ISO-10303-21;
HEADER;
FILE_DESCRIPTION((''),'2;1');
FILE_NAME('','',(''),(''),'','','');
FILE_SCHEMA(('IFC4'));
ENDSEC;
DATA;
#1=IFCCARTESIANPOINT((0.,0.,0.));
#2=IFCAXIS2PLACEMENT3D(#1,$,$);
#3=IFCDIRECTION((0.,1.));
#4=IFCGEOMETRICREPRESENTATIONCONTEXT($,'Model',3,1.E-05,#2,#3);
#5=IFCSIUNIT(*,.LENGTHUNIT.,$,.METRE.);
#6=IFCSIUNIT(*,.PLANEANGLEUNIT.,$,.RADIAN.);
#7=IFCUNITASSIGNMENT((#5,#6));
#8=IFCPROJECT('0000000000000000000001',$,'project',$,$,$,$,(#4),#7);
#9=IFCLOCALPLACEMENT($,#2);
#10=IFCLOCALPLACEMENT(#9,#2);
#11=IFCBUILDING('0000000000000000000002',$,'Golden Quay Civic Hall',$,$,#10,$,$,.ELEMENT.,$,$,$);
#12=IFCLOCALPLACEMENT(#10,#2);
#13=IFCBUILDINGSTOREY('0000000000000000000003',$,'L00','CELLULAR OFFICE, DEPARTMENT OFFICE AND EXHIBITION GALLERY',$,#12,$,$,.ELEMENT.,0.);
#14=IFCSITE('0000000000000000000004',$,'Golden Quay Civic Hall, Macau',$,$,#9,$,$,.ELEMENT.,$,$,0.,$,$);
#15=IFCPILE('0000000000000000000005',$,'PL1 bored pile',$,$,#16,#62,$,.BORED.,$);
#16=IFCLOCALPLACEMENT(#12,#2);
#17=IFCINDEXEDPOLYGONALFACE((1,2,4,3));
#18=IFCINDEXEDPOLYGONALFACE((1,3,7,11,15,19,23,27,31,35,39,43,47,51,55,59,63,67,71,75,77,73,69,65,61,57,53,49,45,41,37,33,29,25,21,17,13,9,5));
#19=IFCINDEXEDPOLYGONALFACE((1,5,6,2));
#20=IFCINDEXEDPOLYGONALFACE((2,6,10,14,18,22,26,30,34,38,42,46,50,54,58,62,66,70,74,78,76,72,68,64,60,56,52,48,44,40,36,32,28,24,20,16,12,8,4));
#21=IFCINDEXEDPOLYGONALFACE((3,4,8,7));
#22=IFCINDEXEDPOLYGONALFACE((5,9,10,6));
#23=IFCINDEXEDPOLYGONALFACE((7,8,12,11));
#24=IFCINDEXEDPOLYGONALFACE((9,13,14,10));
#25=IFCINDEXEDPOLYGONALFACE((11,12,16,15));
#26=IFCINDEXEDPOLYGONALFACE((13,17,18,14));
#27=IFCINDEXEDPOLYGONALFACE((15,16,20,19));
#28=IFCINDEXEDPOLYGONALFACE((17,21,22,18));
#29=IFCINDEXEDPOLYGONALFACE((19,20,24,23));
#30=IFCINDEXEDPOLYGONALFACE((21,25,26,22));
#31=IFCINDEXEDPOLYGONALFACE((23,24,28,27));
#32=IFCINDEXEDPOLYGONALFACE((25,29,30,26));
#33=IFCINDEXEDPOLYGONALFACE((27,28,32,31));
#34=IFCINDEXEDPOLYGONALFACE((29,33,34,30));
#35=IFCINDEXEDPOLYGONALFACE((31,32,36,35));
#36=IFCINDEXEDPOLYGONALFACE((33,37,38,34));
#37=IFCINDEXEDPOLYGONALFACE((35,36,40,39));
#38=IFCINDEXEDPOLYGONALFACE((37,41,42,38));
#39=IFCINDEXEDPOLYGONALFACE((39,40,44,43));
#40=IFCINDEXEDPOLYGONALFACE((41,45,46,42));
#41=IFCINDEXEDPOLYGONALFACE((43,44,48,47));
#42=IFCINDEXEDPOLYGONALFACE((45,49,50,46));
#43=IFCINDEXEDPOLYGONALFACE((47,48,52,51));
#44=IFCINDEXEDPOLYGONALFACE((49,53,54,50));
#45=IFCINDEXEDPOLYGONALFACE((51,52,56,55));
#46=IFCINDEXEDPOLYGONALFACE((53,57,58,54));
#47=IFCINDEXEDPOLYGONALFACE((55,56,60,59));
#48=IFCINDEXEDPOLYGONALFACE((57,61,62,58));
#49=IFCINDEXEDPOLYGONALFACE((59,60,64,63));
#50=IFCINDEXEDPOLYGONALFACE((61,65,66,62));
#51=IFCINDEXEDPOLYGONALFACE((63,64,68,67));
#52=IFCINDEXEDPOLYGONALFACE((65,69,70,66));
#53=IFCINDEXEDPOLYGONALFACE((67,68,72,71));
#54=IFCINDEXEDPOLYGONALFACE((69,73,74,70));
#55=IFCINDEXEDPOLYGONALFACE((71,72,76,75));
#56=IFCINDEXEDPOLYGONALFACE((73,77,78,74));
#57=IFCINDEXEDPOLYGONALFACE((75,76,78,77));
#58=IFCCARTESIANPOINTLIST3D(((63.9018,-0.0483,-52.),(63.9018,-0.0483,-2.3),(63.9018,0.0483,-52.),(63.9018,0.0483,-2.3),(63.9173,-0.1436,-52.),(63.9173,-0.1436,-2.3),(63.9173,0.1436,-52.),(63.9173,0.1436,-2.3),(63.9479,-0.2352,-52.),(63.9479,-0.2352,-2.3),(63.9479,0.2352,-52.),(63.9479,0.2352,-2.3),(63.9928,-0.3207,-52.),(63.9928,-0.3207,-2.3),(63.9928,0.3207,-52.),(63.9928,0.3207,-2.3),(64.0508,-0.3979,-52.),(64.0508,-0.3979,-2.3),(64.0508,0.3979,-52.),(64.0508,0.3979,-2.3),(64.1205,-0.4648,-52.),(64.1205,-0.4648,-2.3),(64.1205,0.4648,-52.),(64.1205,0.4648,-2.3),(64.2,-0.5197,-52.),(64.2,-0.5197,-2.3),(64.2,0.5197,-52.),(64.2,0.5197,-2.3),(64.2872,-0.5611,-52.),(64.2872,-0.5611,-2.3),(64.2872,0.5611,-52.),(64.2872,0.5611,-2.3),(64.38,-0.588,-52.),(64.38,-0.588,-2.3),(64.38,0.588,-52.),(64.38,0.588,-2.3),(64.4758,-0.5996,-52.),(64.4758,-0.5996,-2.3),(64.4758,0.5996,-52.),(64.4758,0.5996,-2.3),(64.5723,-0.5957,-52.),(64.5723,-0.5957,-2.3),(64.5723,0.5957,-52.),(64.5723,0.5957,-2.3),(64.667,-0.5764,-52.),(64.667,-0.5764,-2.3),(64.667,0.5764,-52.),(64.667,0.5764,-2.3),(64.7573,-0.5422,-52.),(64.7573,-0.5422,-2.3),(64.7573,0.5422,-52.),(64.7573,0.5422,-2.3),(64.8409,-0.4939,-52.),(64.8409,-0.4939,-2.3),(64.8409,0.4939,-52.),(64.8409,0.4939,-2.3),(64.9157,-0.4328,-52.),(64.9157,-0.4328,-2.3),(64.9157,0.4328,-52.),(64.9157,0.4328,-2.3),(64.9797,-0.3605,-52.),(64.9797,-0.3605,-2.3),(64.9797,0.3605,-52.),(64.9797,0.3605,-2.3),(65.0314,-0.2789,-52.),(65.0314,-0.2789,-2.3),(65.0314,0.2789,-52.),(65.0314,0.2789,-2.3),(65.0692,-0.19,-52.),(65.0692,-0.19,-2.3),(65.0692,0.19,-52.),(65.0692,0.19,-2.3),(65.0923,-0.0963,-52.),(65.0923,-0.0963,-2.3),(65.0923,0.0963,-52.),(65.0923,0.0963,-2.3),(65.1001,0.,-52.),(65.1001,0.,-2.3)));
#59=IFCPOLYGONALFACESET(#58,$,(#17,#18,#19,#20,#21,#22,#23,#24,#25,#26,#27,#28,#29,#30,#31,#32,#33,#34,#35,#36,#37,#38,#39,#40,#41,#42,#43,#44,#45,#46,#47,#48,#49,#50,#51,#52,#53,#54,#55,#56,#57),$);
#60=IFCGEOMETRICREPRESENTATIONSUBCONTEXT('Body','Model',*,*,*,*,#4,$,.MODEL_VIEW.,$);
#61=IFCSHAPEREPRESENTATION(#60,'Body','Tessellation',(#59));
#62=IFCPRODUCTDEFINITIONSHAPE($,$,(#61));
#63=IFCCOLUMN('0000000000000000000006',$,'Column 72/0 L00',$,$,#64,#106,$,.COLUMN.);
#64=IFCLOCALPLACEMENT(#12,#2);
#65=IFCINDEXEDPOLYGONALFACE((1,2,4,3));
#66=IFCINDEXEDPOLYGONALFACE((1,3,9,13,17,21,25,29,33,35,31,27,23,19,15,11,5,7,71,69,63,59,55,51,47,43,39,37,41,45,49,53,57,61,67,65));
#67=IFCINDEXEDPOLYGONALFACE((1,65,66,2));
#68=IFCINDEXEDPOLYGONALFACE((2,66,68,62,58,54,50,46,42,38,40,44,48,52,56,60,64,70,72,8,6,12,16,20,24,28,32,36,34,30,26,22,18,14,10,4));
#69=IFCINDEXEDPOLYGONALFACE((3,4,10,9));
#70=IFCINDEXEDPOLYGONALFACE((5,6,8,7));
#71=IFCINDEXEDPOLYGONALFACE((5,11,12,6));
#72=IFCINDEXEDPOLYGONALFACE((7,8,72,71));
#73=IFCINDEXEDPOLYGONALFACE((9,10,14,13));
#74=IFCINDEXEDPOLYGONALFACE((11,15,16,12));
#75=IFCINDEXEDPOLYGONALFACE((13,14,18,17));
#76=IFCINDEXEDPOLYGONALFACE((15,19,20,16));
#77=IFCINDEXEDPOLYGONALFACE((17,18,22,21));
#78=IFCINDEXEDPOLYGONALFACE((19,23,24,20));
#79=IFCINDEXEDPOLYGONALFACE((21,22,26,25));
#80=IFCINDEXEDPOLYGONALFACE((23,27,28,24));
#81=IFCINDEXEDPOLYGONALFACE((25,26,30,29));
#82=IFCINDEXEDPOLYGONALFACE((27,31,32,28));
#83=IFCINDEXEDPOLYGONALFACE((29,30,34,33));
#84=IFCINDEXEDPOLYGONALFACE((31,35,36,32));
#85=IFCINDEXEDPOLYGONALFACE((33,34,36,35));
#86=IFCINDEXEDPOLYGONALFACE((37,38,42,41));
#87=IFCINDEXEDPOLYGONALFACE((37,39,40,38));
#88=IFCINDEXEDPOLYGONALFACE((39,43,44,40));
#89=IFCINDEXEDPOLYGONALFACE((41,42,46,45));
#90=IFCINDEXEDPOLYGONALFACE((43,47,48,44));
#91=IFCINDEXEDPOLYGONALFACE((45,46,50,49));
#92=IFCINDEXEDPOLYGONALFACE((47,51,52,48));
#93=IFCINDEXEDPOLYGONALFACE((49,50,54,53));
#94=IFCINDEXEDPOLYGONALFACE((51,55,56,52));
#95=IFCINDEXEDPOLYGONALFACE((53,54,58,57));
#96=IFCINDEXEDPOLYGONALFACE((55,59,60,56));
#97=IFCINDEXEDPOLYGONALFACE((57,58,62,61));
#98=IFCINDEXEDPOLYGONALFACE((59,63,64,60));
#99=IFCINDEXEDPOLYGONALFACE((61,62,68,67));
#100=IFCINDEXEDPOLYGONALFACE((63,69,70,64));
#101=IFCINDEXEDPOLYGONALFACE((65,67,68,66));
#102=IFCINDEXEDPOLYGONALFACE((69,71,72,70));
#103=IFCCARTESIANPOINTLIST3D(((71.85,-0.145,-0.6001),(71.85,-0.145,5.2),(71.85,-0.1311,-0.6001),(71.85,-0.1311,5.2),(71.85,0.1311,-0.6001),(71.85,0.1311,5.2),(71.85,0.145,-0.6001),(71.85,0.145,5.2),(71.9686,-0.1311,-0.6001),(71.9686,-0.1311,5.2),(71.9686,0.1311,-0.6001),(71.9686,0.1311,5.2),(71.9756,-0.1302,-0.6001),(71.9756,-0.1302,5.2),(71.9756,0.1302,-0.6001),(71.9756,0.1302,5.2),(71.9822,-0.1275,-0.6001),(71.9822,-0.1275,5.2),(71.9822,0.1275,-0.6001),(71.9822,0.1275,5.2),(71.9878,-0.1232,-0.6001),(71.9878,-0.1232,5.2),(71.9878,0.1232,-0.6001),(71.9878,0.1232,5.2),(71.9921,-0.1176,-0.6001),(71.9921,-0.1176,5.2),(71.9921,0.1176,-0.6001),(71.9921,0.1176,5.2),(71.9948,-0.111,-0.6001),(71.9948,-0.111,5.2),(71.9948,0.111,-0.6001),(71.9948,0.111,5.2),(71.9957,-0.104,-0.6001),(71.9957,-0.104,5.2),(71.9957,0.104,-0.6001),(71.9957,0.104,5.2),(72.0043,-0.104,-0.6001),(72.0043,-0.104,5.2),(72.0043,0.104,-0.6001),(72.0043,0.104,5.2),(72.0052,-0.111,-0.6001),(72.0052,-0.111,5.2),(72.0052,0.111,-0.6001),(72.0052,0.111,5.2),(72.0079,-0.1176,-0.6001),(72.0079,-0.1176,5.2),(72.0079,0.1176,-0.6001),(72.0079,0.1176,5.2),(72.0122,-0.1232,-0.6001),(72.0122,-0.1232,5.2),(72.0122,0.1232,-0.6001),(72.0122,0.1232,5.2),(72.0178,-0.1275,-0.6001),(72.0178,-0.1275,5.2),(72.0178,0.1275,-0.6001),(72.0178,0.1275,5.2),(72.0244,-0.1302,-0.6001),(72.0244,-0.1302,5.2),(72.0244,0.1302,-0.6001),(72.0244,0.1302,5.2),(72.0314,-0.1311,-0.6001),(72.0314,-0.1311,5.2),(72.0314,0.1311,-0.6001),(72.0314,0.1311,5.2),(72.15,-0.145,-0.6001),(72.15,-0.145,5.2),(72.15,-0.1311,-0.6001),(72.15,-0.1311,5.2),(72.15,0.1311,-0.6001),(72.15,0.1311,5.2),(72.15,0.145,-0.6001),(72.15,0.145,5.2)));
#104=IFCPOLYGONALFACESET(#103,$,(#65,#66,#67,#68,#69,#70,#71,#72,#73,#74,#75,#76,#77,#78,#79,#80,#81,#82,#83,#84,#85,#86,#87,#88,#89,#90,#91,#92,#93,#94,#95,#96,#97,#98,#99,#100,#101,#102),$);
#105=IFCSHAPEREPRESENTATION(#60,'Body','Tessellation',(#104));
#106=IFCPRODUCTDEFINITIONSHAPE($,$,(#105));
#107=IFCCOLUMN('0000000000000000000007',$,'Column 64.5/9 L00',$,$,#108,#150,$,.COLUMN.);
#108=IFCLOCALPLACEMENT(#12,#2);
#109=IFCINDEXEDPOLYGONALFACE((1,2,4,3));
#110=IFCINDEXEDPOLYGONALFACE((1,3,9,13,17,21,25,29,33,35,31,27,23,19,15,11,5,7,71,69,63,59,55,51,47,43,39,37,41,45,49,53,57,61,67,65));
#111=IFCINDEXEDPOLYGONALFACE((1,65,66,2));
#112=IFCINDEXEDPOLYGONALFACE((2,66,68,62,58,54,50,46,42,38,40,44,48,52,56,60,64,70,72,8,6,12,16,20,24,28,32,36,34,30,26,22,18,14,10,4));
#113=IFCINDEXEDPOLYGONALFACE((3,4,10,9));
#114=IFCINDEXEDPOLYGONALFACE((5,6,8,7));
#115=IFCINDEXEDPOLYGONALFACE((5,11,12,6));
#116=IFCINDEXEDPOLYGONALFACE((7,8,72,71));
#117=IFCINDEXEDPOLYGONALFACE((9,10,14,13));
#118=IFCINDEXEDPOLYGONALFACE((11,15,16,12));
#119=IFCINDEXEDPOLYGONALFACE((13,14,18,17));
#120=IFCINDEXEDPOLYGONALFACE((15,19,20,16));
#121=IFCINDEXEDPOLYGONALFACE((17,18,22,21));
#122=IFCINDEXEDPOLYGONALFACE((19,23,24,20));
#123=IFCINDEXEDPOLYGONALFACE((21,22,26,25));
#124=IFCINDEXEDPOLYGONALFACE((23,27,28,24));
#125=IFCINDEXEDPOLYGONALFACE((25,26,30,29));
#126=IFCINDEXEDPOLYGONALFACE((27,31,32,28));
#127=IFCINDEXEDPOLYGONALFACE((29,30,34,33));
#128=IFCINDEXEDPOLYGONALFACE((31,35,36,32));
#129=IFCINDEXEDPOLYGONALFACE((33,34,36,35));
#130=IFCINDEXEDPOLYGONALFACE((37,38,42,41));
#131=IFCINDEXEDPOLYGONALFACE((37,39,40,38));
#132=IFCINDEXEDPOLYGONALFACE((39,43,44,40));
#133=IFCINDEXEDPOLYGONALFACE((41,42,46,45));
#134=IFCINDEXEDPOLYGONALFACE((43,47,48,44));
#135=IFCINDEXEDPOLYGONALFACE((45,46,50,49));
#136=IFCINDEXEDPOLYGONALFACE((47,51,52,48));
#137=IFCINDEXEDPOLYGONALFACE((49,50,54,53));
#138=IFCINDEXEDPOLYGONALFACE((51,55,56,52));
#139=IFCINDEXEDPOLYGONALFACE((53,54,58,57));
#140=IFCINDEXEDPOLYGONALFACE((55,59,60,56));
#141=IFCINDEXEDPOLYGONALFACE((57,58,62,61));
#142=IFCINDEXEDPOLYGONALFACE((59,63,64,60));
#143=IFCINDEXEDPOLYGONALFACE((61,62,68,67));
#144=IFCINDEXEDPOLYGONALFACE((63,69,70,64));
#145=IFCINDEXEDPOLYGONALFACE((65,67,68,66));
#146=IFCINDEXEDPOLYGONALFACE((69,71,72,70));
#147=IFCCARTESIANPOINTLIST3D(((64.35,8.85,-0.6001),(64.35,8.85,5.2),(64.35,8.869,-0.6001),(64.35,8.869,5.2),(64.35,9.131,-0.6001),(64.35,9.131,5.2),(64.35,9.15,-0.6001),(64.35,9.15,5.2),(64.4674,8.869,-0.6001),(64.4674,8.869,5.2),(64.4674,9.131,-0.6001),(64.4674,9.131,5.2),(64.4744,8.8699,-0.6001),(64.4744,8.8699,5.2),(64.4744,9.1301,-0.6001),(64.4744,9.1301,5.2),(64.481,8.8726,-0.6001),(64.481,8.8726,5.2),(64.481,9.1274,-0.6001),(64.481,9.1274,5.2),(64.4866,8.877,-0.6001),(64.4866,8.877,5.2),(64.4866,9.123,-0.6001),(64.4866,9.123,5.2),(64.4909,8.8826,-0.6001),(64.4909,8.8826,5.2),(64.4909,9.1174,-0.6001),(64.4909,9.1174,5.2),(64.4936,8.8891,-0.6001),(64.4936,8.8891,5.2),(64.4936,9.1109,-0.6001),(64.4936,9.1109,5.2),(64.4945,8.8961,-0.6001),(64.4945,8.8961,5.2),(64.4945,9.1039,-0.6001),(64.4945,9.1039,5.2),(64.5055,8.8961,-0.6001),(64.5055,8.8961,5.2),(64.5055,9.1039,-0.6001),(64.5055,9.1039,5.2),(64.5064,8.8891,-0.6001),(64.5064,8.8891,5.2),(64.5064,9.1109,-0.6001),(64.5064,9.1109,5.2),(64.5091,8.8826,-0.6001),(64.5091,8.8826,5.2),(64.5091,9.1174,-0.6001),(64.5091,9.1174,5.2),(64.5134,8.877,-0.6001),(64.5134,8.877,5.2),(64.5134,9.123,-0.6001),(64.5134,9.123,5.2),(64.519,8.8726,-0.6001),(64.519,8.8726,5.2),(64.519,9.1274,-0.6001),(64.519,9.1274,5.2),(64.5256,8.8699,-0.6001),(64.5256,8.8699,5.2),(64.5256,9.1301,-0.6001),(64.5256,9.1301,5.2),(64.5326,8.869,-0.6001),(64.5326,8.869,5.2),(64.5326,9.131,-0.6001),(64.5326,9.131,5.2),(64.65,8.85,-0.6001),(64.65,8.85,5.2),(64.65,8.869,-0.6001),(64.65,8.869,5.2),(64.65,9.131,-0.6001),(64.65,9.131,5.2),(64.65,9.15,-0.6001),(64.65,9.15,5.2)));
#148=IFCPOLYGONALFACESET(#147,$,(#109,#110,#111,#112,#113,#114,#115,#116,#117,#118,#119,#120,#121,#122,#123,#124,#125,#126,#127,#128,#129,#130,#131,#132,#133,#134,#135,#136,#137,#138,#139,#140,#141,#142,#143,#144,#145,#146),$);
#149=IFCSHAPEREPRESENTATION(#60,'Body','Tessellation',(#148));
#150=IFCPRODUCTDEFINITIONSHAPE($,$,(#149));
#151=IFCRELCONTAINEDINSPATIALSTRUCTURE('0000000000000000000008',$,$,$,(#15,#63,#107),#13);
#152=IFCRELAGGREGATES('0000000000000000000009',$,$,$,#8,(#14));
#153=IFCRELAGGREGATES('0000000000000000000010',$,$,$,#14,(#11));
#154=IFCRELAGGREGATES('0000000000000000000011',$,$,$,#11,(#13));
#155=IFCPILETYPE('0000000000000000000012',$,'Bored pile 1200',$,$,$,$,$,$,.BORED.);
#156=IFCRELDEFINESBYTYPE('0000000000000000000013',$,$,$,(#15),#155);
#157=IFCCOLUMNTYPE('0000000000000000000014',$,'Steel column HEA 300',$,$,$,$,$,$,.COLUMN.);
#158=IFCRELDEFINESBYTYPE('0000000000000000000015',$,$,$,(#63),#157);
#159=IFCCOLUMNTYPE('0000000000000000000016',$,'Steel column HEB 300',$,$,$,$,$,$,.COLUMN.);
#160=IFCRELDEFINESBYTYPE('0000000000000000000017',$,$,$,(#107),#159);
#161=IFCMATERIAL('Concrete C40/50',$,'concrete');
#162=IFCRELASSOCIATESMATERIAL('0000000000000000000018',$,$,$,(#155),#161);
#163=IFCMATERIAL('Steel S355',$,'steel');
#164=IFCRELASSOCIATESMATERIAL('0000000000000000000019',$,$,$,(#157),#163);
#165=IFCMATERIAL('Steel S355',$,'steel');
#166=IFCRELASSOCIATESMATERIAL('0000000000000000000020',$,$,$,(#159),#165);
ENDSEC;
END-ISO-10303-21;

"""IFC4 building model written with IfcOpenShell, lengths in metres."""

from ifc_helpers import new_model, si_unit, direction, frame, origin, origin_2d, place, context, subcontext, project, spatial, circle, i_section, extrude, material, material_profile, profile_set, type_object, element, save


model = new_model("IFC4")

# Units and contexts
model_context = context("Model", 3, precision=1e-05, world=origin(), true_north=direction((0.0, 1.0)))
body_context = subcontext(model_context, "Body", "Model", "MODEL_VIEW")
ifc_project = project(units=[si_unit("LENGTHUNIT", "METRE"), si_unit("PLANEANGLEUNIT", "RADIAN")], contexts=[model_context])

# Site, building, storey
site_placement = place(None, origin())
site = spatial("IfcSite", under=ifc_project, at=site_placement, Name="Golden Quay Civic Hall, Macau", CompositionType="ELEMENT", RefElevation=0.0)
building_placement = place(site_placement, origin())
building = spatial("IfcBuilding", under=site, at=building_placement, Name="Golden Quay Civic Hall", CompositionType="ELEMENT")
storey_placement = place(building_placement, origin())
storey = spatial("IfcBuildingStorey", under=building, at=storey_placement, Name="L00", Description="CELLULAR OFFICE, DEPARTMENT OFFICE AND EXHIBITION GALLERY", CompositionType="ELEMENT", Elevation=0.0)

# Pile
ifc_material_1 = material(Name="Concrete C40/50", Category="concrete")
ifc_material_profile_1 = material_profile(ifc_material_1, circle(Radius=0.6001, at=origin_2d()), Name="RC D1200")
ifc_profile_set_1 = profile_set([ifc_material_profile_1], Name="Concrete C40/50")
pile_type = type_object("IfcPileType", Name="Bored pile 1200", PredefinedType="BORED", material=ifc_profile_set_1)
pile_placement = place(storey_placement, frame((64.5, 0.0, -2.3), z_axis=(0.0, 0.0, -1.0), x_axis=(1.0, 0.0, 0.0)))
element("IfcPile", 1, at=pile_placement, inside=storey, type_object=pile_type, Name="PL1 bored pile", PredefinedType="BORED", context=body_context, shape_type="SweptSolid", body=[
    extrude(circle(Radius=0.6001, at=origin_2d()), origin(), (0.0, 0.0, 1.0), 49.7),
])

# Columns
ifc_material_2 = material(Name="Steel S355", Category="steel")
ifc_material_profile_2 = material_profile(ifc_material_2, i_section(OverallWidth=0.3, OverallDepth=0.29, WebThickness=0.0085, FlangeThickness=0.0139, FilletRadius=0.0271, at=origin_2d()), Name="HEA 300")
ifc_profile_set_2 = profile_set([ifc_material_profile_2], Name="Steel S355")
column_type_1 = type_object("IfcColumnType", Name="Steel column HEA 300", PredefinedType="COLUMN", material=ifc_profile_set_2)
column_1_placement = place(storey_placement, frame((72.0, 0.0, -0.6001), z_axis=(0.0, 0.0, 1.0), x_axis=(1.0, 0.0, 0.0)))
element("IfcColumn", 2, at=column_1_placement, inside=storey, type_object=column_type_1, Name="Column 72/0 L00", PredefinedType="COLUMN", context=body_context, shape_type="SweptSolid", body=[
    extrude(i_section(OverallWidth=0.3, OverallDepth=0.29, WebThickness=0.0085, FlangeThickness=0.0139, FilletRadius=0.0271, at=origin_2d()), origin(), (0.0, 0.0, 1.0), 5.8),
])
ifc_material_3 = material(Name="Steel S355", Category="steel")
ifc_material_profile_3 = material_profile(ifc_material_3, i_section(OverallWidth=0.3, OverallDepth=0.3, WebThickness=0.011, FlangeThickness=0.019, FilletRadius=0.0271, at=origin_2d()), Name="HEB 300")
ifc_profile_set_3 = profile_set([ifc_material_profile_3], Name="Steel S355")
column_type_2 = type_object("IfcColumnType", Name="Steel column HEB 300", PredefinedType="COLUMN", material=ifc_profile_set_3)
column_2_placement = place(storey_placement, frame((64.5, 9.0, -0.6001), z_axis=(0.0, 0.0, 1.0), x_axis=(1.0, 0.0, 0.0)))
element("IfcColumn", 3, at=column_2_placement, inside=storey, type_object=column_type_2, Name="Column 64.5/9 L00", PredefinedType="COLUMN", context=body_context, shape_type="SweptSolid", body=[
    extrude(i_section(OverallWidth=0.3, OverallDepth=0.3, WebThickness=0.011, FlangeThickness=0.019, FilletRadius=0.0271, at=origin_2d()), origin(), (0.0, 0.0, 1.0), 5.8),
])

save(model, "model.ifc")
